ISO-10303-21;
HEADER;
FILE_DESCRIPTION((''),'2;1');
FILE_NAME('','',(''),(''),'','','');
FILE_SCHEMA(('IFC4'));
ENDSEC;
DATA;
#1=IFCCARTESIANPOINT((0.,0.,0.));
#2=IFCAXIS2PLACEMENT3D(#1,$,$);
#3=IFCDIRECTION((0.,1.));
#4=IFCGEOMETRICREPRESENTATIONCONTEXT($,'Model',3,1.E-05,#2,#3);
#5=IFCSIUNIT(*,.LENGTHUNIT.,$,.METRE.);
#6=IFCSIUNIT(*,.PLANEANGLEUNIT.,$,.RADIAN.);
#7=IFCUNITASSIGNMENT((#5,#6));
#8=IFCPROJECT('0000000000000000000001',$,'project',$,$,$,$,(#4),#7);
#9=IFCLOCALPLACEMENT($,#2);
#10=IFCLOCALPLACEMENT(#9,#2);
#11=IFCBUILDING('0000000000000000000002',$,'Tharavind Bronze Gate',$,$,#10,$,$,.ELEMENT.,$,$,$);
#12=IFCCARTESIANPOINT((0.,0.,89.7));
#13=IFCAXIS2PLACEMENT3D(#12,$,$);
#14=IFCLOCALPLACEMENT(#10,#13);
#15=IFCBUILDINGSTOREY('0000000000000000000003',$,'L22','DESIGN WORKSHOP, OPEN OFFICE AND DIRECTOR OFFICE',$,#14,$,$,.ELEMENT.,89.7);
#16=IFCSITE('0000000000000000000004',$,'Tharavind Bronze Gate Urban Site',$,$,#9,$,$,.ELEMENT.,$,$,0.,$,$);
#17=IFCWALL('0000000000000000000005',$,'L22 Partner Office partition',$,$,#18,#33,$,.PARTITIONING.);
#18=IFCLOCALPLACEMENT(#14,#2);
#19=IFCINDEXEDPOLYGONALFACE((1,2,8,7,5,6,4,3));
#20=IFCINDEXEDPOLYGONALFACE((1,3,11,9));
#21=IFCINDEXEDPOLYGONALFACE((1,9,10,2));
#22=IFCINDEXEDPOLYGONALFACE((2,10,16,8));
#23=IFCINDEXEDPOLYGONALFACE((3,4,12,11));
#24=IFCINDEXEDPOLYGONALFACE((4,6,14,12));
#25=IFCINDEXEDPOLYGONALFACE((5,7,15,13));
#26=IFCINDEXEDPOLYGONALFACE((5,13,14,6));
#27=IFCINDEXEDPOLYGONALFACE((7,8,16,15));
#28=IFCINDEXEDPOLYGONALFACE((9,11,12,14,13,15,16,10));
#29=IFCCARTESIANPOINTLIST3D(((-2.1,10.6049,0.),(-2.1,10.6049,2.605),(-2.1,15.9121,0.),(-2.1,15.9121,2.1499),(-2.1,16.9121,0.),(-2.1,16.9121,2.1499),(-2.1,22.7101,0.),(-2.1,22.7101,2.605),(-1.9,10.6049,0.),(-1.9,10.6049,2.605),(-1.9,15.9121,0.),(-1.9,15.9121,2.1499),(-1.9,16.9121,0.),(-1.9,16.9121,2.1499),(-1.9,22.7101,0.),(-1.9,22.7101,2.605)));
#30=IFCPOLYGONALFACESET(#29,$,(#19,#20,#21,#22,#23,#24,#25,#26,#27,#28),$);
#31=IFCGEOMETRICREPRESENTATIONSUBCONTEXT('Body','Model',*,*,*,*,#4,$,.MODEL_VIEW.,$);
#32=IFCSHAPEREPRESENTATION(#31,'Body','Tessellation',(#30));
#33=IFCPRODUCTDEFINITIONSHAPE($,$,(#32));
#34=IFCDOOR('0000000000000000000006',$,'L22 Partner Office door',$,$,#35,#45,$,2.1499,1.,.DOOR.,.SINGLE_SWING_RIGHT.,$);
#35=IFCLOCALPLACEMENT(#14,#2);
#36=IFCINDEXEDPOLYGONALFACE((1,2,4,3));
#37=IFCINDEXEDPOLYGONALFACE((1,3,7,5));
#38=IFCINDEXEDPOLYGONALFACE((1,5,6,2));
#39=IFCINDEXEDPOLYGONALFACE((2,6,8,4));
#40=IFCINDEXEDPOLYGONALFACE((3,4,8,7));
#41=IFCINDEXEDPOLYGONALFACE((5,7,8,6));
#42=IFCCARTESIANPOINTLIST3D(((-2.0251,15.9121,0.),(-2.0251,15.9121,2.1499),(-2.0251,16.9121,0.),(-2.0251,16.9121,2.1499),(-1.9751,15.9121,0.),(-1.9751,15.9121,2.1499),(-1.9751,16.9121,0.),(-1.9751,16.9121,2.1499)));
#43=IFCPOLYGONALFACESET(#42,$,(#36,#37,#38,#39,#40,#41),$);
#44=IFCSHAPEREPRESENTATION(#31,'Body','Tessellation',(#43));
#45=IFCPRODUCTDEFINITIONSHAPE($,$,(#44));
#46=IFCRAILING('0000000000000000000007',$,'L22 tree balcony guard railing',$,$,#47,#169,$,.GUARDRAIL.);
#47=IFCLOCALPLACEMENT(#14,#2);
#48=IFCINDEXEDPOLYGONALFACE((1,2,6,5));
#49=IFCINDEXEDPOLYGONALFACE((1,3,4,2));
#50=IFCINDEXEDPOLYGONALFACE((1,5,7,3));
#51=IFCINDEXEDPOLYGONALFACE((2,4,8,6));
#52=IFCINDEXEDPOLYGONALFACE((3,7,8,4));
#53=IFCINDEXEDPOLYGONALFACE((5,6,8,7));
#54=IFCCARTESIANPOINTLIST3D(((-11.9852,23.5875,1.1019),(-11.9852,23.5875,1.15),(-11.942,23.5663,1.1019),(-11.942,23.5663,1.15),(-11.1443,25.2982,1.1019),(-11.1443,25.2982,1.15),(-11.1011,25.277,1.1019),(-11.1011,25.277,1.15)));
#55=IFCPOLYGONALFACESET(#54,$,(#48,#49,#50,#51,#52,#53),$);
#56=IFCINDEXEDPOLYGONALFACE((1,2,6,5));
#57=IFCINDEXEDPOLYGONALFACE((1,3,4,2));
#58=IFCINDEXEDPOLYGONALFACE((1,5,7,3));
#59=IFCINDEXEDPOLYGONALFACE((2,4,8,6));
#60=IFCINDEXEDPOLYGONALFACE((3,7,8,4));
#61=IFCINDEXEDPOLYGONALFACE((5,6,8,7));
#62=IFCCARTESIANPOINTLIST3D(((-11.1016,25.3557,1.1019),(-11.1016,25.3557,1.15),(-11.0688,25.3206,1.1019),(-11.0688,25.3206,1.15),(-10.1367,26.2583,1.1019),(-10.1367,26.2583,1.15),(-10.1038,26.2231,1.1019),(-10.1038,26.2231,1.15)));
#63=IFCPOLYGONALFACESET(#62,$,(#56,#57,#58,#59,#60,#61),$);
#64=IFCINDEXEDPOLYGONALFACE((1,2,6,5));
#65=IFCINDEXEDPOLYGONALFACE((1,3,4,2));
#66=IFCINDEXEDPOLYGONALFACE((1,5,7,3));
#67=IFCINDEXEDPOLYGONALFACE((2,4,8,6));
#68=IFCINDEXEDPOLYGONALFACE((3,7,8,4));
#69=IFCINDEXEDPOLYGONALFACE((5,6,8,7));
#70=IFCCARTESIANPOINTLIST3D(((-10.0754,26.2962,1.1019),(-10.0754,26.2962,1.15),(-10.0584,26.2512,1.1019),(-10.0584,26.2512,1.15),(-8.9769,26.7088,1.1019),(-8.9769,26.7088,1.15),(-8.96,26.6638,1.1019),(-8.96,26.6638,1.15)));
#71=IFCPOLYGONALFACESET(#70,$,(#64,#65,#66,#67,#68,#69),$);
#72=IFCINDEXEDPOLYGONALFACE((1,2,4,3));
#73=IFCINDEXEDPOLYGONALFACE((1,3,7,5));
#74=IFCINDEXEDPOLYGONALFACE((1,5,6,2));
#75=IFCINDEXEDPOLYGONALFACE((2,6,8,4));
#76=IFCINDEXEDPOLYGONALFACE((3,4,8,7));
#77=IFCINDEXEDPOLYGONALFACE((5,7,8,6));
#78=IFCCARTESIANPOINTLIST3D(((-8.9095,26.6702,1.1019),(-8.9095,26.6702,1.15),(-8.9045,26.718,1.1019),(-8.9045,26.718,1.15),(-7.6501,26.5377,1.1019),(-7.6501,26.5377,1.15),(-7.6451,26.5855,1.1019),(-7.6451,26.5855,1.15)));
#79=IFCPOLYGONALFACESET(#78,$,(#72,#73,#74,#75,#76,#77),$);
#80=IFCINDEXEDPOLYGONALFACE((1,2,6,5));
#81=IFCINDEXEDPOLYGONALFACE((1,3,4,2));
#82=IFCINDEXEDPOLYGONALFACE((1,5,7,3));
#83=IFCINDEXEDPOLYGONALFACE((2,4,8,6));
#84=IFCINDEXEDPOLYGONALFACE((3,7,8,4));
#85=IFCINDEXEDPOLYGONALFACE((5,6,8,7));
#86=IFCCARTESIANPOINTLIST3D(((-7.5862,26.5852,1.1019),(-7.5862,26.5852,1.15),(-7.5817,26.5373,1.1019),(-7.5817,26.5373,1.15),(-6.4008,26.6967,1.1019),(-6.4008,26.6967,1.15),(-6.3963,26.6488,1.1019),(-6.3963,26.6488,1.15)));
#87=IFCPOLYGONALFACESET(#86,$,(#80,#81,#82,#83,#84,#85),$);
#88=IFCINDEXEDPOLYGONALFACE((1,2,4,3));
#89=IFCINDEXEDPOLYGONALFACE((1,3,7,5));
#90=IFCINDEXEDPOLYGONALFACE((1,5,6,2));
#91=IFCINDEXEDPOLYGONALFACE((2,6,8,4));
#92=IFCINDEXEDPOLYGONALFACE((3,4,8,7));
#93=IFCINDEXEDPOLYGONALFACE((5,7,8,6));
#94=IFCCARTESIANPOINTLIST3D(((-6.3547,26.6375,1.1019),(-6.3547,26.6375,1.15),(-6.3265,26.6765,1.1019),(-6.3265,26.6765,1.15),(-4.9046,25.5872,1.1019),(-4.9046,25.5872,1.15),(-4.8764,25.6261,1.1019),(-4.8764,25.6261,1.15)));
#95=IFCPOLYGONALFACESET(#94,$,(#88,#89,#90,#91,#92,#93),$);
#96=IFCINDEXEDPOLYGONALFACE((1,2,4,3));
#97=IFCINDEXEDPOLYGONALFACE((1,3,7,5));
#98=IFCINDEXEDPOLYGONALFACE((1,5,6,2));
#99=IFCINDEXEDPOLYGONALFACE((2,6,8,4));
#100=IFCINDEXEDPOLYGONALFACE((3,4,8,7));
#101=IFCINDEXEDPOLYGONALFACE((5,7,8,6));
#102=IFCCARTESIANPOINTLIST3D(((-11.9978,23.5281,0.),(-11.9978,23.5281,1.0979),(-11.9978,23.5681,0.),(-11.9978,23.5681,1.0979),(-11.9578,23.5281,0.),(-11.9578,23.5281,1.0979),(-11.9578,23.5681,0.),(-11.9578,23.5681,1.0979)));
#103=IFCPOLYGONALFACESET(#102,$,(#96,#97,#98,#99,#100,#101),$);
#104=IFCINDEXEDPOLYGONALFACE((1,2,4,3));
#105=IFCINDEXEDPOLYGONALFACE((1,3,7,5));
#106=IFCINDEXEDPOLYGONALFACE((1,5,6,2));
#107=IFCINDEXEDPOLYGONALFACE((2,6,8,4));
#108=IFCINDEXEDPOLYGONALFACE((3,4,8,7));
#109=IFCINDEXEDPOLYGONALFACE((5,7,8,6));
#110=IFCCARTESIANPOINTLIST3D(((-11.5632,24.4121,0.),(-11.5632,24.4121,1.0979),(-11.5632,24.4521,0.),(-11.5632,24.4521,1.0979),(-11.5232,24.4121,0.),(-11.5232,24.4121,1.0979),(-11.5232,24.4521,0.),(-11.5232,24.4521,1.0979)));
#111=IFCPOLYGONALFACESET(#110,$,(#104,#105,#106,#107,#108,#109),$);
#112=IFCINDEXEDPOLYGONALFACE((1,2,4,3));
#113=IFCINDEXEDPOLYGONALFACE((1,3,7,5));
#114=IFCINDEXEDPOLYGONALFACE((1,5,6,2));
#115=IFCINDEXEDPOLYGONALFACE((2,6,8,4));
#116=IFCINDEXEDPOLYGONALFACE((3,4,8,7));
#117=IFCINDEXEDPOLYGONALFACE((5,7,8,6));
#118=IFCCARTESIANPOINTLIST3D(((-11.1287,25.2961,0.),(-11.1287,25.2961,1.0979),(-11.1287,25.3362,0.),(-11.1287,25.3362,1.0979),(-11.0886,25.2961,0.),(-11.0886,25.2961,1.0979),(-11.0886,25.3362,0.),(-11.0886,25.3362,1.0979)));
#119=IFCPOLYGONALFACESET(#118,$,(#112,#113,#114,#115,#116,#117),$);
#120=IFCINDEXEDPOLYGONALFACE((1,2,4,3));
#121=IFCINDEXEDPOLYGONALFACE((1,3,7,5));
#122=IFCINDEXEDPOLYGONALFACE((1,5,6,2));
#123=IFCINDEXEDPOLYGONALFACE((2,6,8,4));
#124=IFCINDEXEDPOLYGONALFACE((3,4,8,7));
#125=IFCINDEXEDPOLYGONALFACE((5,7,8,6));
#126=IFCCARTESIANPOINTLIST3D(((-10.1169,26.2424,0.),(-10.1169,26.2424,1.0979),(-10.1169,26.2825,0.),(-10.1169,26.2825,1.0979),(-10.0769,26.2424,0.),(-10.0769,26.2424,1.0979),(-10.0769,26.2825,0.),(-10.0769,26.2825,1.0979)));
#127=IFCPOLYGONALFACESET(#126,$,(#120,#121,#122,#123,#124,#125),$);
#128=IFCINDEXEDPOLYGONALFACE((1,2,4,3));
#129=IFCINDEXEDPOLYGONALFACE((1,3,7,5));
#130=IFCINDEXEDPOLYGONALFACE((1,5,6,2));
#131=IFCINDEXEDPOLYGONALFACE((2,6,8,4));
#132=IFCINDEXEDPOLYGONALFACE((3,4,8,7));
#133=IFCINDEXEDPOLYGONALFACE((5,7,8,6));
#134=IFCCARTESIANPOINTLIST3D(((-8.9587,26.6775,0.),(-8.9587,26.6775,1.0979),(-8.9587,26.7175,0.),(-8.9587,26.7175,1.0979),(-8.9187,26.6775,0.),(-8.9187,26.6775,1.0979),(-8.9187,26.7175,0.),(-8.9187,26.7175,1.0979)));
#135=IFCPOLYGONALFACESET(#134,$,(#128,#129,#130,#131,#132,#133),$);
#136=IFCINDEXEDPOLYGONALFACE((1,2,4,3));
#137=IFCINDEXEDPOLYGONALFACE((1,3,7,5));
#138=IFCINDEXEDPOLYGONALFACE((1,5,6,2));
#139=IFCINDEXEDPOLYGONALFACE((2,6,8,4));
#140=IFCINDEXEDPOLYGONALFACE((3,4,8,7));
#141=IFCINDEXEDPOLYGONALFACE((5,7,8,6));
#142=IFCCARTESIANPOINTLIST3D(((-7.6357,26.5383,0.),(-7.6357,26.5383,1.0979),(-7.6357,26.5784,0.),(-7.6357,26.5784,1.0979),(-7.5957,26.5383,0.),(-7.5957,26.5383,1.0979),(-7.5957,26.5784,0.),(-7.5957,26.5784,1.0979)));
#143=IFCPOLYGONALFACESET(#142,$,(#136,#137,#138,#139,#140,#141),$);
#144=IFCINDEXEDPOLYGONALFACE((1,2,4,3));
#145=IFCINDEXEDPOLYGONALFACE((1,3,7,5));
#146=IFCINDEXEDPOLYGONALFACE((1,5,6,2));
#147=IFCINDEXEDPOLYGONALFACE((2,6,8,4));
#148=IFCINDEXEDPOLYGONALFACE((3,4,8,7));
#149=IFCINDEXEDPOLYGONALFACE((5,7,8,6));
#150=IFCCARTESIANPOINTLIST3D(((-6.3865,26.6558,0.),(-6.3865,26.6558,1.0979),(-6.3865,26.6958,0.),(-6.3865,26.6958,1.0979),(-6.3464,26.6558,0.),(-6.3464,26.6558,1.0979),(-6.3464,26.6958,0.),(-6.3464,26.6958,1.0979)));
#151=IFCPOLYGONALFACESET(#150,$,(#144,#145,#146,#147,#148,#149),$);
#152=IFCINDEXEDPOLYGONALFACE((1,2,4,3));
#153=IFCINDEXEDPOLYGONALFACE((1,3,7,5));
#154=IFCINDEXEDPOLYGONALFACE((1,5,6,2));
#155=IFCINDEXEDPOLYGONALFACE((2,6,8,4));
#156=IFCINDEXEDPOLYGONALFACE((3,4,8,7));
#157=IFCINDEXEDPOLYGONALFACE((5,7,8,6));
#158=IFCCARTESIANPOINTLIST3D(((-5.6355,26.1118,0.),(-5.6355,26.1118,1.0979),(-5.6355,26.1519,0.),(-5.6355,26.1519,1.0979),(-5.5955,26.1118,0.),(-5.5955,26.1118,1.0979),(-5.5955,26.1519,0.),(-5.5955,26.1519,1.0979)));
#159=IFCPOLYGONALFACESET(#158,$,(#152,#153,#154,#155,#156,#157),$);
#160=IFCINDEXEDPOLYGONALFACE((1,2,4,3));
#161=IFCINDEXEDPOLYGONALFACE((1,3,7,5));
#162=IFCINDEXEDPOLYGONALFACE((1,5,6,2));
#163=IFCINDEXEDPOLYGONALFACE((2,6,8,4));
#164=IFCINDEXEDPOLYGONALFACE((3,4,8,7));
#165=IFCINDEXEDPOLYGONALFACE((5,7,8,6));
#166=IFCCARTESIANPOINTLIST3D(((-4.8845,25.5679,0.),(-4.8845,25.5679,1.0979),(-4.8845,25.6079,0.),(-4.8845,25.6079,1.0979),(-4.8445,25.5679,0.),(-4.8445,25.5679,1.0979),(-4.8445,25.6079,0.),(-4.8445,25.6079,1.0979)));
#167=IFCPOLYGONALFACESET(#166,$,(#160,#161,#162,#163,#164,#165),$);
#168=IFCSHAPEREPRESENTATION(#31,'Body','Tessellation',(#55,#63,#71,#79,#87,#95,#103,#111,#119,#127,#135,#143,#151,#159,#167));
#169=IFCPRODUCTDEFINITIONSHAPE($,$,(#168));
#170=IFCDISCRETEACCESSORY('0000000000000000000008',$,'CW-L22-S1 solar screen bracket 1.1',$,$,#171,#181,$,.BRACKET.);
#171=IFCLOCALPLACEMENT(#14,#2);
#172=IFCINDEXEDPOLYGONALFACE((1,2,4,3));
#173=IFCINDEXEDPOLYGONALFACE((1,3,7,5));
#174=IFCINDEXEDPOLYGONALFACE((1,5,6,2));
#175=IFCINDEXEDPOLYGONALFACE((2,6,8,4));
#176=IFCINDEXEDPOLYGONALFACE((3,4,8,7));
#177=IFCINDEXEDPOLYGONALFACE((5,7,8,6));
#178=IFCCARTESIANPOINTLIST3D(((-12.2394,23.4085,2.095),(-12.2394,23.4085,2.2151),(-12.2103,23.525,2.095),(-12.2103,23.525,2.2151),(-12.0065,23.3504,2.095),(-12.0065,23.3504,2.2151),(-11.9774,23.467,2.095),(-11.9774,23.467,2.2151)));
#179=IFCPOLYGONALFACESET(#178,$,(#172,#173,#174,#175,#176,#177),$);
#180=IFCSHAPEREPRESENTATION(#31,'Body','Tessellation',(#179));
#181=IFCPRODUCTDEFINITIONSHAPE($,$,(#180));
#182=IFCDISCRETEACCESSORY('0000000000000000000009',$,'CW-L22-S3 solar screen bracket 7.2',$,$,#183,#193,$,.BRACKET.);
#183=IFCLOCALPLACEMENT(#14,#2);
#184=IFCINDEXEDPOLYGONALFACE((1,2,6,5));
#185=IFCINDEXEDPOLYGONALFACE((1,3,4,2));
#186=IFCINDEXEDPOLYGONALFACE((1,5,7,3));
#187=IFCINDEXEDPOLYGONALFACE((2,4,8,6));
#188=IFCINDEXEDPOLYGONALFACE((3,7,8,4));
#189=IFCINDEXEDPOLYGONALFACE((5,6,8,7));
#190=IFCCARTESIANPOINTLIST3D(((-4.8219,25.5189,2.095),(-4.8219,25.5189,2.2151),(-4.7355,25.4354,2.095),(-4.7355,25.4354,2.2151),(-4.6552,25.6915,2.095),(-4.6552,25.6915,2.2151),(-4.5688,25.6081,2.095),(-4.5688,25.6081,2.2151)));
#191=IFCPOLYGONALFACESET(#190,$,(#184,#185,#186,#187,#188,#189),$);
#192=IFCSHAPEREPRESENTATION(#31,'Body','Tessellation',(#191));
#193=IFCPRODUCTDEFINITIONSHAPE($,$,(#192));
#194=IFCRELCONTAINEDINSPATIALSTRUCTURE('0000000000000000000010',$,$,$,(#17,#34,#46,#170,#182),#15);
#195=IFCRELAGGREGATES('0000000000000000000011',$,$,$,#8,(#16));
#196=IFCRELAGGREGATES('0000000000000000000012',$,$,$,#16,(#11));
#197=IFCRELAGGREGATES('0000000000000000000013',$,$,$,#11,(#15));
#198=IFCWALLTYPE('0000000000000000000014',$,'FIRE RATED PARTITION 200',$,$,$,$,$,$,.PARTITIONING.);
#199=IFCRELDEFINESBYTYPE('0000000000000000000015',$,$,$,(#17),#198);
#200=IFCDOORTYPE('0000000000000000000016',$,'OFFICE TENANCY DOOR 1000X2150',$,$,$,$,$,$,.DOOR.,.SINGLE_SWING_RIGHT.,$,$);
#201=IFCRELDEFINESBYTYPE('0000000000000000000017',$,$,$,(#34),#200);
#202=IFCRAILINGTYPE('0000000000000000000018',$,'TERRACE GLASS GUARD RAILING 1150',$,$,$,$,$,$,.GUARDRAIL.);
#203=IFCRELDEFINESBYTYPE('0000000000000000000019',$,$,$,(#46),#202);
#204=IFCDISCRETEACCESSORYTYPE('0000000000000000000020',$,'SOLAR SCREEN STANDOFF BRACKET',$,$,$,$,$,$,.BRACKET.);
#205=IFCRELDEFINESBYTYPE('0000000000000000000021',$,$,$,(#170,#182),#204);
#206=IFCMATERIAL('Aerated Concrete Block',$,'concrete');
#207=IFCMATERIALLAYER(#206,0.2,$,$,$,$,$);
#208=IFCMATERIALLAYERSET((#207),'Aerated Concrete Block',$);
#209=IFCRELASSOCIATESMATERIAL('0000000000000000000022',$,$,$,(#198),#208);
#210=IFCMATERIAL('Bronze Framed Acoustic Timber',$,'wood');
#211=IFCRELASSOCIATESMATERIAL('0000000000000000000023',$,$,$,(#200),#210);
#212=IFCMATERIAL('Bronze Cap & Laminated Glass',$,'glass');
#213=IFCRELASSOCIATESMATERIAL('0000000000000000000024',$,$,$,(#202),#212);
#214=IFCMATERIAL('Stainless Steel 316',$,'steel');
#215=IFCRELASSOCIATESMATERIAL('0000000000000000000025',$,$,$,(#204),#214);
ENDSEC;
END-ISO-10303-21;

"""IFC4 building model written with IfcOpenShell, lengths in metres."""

from ifc_helpers import new_model, si_unit, direction, frame, frame_2d, origin, origin_2d, place, context, subcontext, project, spatial, rectangle, extrude, material, layer, layer_set, type_object, element, fill, save


model = new_model("IFC4")

# Units and contexts
model_context = context("Model", 3, precision=1e-05, world=origin(), true_north=direction((0.0, 1.0)))
body_context = subcontext(model_context, "Body", "Model", "MODEL_VIEW")
ifc_project = project(units=[si_unit("LENGTHUNIT", "METRE"), si_unit("PLANEANGLEUNIT", "RADIAN")], contexts=[model_context])

# Site, building, storey
site_placement = place(None, origin())
site = spatial("IfcSite", under=ifc_project, at=site_placement, Name="Tharavind Bronze Gate Urban Site", CompositionType="ELEMENT", RefElevation=0.0)
building_placement = place(site_placement, origin())
building = spatial("IfcBuilding", under=site, at=building_placement, Name="Tharavind Bronze Gate", CompositionType="ELEMENT")
storey_placement = place(building_placement, frame((0.0, 0.0, 89.7)))
storey = spatial("IfcBuildingStorey", under=building, at=storey_placement, Name="L22", Description="DESIGN WORKSHOP, OPEN OFFICE AND DIRECTOR OFFICE", CompositionType="ELEMENT", Elevation=89.7)

# Shared definitions
ifc_material_1 = material(Name="Aerated Concrete Block", Category="concrete")
ifc_layer_1 = layer(ifc_material_1, 0.2)
ifc_layer_set_1 = layer_set([ifc_layer_1], Name="Aerated Concrete Block")
wall_type_1 = type_object("IfcWallType", Name="FIRE RATED PARTITION 200", PredefinedType="PARTITIONING", material=ifc_layer_set_1)

# Wall, opening, door
wall_1_placement = place(storey_placement, frame((-2.0, 22.7102, 0.0), z_axis=(0.0, 0.0, 1.0), x_axis=(0.0, -1.0, 0.0)))
wall_1 = element("IfcWall", 1, at=wall_1_placement, inside=storey, type_object=wall_type_1, Name="L22 Partner Office partition", PredefinedType="PARTITIONING", context=body_context, shape_type="SweptSolid", body=[
    extrude(rectangle(XDim=12.1052, YDim=0.2, at=frame_2d((6.0527, 0.0))), origin(), (0.0, 0.0, 1.0), 2.605),
])
opening_1_placement = place(wall_1_placement, frame((5.7981, 0.0, 0.0)))
opening_1 = element("IfcOpeningElement", 2, at=opening_1_placement, cuts=wall_1, PredefinedType="OPENING", context=body_context, shape_type="SweptSolid", body=[
    extrude(rectangle(XDim=1.0, YDim=2.1499, at=frame_2d((0.5, 1.075))), frame((0.0, 0.1101, 0.0), z_axis=(0.0, -1.0, 0.0), x_axis=(1.0, 0.0, 0.0)), (0.0, 0.0, 1.0), 0.22),
])
ifc_material_2 = material(Name="Bronze Framed Acoustic Timber", Category="wood")
door_type = type_object("IfcDoorType", Name="OFFICE TENANCY DOOR 1000X2150", OperationType="SINGLE_SWING_RIGHT", PredefinedType="DOOR", material=ifc_material_2)
door_placement = place(opening_1_placement, origin())
door = element("IfcDoor", 3, at=door_placement, inside=storey, type_object=door_type, Name="L22 Partner Office door", OperationType="SINGLE_SWING_RIGHT", OverallHeight=2.1499, OverallWidth=1.0, PredefinedType="DOOR", context=body_context, shape_type="SweptSolid", body=[
    extrude(rectangle(XDim=1.0, YDim=2.1499, at=frame_2d((0.5, 1.075))), frame((0.0, 0.0249, 0.0), z_axis=(0.0, -1.0, 0.0), x_axis=(1.0, 0.0, 0.0)), (0.0, 0.0, 1.0), 0.05),
])
fill(opening_1, door)

# Railing
ifc_material_3 = material(Name="Bronze Cap & Laminated Glass", Category="glass")
railing_type = type_object("IfcRailingType", Name="TERRACE GLASS GUARD RAILING 1150", PredefinedType="GUARDRAIL", material=ifc_material_3)
railing_placement = place(storey_placement, frame((-11.9778, 23.5481, 0.0)))
element("IfcRailing", 4, at=railing_placement, inside=storey, type_object=railing_type, Name="L22 tree balcony guard railing", PredefinedType="GUARDRAIL", context=body_context, shape_type="SweptSolid", body=[
    extrude(rectangle(XDim=0.0481, YDim=0.0481, at=origin_2d()), frame((0.0142, 0.0288, 1.126), z_axis=(0.441156, 0.89743, 0.0), x_axis=(-0.89743, 0.441156, 0.0)), (0.0, 0.0, 1.0), 1.9062),
    extrude(rectangle(XDim=0.0481, YDim=0.0481, at=origin_2d()), frame((0.8926, 1.79, 1.126), z_axis=(0.730328, 0.683096, 0.0), x_axis=(-0.683096, 0.730328, 0.0)), (0.0, 0.0, 1.0), 1.3213),
    extrude(rectangle(XDim=0.0481, YDim=0.0481, at=origin_2d()), frame((1.9109, 2.7256, 1.126), z_axis=(0.936134, 0.351642, 0.0), x_axis=(-0.351642, 0.936134, 0.0)), (0.0, 0.0, 1.0), 1.1733),
    extrude(rectangle(XDim=0.0481, YDim=0.0481, at=origin_2d()), frame((3.0708, 3.146, 1.126), z_axis=(0.994513, -0.104608, 0.0), x_axis=(0.104608, 0.994513, 0.0)), (0.0, 0.0, 1.0), 1.2664),
    extrude(rectangle(XDim=0.0481, YDim=0.0481, at=origin_2d()), frame((4.3938, 3.0132, 1.126), z_axis=(0.995611, 0.093588, 0.0), x_axis=(-0.093588, 0.995611, 0.0)), (0.0, 0.0, 1.0), 1.1907),
    extrude(rectangle(XDim=0.0481, YDim=0.0481, at=origin_2d()), frame((5.6372, 3.1089, 1.126), z_axis=(0.809873, -0.586605, 0.0), x_axis=(0.586605, 0.809873, 0.0)), (0.0, 0.0, 1.0), 1.7905),
    extrude(rectangle(XDim=0.04, YDim=0.04, at=origin_2d()), origin(), (0.0, 0.0, 1.0), 1.0979),
    extrude(rectangle(XDim=0.04, YDim=0.04, at=origin_2d()), frame((0.4346, 0.884, 0.0)), (0.0, 0.0, 1.0), 1.0979),
    extrude(rectangle(XDim=0.04, YDim=0.04, at=origin_2d()), frame((0.8691, 1.7681, 0.0)), (0.0, 0.0, 1.0), 1.0979),
    extrude(rectangle(XDim=0.04, YDim=0.04, at=origin_2d()), frame((1.8809, 2.7144, 0.0)), (0.0, 0.0, 1.0), 1.0979),
    extrude(rectangle(XDim=0.04, YDim=0.04, at=origin_2d()), frame((3.0391, 3.1494, 0.0)), (0.0, 0.0, 1.0), 1.0979),
    extrude(rectangle(XDim=0.04, YDim=0.04, at=origin_2d()), frame((4.3621, 3.0103, 0.0)), (0.0, 0.0, 1.0), 1.0979),
    extrude(rectangle(XDim=0.04, YDim=0.04, at=origin_2d()), frame((5.6113, 3.1277, 0.0)), (0.0, 0.0, 1.0), 1.0979),
    extrude(rectangle(XDim=0.04, YDim=0.04, at=origin_2d()), frame((6.3623, 2.5837, 0.0)), (0.0, 0.0, 1.0), 1.0979),
    extrude(rectangle(XDim=0.04, YDim=0.04, at=origin_2d()), frame((7.1133, 2.0398, 0.0)), (0.0, 0.0, 1.0), 1.0979),
])

# Discrete accessories
ifc_material_4 = material(Name="Stainless Steel 316", Category="steel")
discrete_accessory_type = type_object("IfcDiscreteAccessoryType", Name="SOLAR SCREEN STANDOFF BRACKET", PredefinedType="BRACKET", material=ifc_material_4)
for number, where, z_axis, x_axis, name in (
    (5, (-12.1084, 23.4377, 2.095), (0.0, 0.0, 1.0), (-0.241922, -0.970296, 0.0), "CW-L22-S1 solar screen bracket 1.1"),
    (6, (-4.6953, 25.5635, 2.095), (0.0, 0.0, 1.0), (-0.719341, 0.694657, 0.0), "CW-L22-S3 solar screen bracket 7.2"),
):
    element("IfcDiscreteAccessory", number, at=place(storey_placement, frame(where, z_axis=z_axis, x_axis=x_axis)), inside=storey, type_object=discrete_accessory_type, Name=name, PredefinedType="BRACKET", context=body_context, shape_type="SweptSolid", body=[
        extrude(rectangle(XDim=0.1201, YDim=0.24, at=origin_2d()), origin(), (0.0, 0.0, 1.0), 0.1201),
    ])

save(model, "model.ifc")
